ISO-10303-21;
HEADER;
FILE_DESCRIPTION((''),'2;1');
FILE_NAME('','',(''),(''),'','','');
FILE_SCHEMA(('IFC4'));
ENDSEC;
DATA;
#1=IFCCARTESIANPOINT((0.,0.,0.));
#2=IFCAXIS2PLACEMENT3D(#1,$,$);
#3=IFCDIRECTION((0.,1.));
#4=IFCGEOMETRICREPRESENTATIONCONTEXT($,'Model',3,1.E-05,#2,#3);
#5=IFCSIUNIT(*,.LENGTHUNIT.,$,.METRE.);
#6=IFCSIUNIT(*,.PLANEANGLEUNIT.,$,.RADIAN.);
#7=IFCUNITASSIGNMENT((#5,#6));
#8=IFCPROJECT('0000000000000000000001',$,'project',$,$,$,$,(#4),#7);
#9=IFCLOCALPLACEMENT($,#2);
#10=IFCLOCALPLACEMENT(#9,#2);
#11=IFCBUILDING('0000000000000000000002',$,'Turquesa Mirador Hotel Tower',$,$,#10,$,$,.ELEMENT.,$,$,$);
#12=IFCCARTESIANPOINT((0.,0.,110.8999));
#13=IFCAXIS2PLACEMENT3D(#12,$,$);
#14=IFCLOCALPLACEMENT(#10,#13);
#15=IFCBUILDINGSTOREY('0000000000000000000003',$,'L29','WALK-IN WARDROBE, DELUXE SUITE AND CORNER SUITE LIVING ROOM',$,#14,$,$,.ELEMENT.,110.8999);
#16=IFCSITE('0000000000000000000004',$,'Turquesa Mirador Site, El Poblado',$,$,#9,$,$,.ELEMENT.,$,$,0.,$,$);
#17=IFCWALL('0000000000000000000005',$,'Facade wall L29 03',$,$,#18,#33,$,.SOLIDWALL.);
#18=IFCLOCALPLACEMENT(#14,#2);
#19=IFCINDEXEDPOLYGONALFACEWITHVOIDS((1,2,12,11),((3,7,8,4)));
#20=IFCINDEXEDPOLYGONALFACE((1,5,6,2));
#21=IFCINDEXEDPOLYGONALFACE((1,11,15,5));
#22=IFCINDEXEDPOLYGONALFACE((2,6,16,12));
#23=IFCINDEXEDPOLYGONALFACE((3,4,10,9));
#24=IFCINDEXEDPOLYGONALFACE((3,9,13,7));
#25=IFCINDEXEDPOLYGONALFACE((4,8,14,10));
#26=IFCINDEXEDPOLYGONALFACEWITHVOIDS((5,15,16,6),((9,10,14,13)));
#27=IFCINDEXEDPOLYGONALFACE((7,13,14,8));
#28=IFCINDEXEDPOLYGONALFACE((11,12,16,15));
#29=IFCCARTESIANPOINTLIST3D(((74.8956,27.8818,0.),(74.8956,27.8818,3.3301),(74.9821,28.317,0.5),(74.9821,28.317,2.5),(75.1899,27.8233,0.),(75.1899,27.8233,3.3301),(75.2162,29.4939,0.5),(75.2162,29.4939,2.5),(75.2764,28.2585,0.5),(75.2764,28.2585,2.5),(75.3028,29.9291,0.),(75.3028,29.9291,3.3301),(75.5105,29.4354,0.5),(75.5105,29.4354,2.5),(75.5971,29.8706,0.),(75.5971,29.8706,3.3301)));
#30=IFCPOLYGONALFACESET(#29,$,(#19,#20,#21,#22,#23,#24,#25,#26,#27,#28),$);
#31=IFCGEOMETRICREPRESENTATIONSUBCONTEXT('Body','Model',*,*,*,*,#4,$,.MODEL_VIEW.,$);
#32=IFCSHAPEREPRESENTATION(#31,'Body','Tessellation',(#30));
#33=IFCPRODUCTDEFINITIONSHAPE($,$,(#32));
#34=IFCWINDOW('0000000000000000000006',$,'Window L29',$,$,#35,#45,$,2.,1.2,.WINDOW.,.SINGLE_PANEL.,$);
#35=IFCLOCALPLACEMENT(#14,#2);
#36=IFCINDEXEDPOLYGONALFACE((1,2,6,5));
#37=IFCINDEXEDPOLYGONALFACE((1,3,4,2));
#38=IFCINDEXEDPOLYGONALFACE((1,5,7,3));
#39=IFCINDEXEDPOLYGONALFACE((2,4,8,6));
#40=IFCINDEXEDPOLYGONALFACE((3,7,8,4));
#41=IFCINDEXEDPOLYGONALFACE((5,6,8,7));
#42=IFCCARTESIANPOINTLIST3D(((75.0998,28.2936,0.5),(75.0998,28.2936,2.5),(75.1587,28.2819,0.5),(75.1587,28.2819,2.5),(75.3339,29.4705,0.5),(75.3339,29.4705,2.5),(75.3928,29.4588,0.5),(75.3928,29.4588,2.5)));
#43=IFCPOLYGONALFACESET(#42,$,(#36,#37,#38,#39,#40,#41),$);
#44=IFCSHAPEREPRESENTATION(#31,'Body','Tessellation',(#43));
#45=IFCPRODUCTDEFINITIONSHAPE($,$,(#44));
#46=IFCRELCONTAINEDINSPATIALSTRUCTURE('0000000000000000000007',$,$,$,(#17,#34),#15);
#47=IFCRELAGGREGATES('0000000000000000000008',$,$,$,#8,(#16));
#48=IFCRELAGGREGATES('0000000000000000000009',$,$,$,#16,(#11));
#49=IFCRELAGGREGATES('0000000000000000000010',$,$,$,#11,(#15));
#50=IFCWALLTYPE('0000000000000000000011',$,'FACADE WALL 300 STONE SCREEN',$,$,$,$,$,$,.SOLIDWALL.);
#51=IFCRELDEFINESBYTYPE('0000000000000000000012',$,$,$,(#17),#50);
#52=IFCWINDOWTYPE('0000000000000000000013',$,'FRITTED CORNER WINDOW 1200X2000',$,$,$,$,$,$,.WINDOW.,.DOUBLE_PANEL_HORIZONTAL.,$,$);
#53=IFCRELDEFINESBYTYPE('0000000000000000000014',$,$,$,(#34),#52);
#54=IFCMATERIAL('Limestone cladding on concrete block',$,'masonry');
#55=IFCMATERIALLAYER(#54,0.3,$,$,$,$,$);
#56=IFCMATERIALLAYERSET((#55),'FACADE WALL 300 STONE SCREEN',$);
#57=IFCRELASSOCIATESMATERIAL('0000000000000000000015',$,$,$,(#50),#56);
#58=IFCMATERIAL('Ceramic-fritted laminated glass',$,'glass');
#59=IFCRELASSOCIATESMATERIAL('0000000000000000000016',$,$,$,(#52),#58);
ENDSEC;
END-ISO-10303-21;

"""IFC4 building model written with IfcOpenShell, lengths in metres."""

from ifc_helpers import new_model, si_unit, direction, frame, frame_2d, origin, place, context, subcontext, project, spatial, rectangle, extrude, material, layer, layer_set, type_object, element, fill, save


model = new_model("IFC4")

# Units and contexts
model_context = context("Model", 3, precision=1e-05, world=origin(), true_north=direction((0.0, 1.0)))
body_context = subcontext(model_context, "Body", "Model", "MODEL_VIEW")
ifc_project = project(units=[si_unit("LENGTHUNIT", "METRE"), si_unit("PLANEANGLEUNIT", "RADIAN")], contexts=[model_context])

# Site, building, storey
site_placement = place(None, origin())
site = spatial("IfcSite", under=ifc_project, at=site_placement, Name="Turquesa Mirador Site, El Poblado", CompositionType="ELEMENT", RefElevation=0.0)
building_placement = place(site_placement, origin())
building = spatial("IfcBuilding", under=site, at=building_placement, Name="Turquesa Mirador Hotel Tower", CompositionType="ELEMENT")
storey_placement = place(building_placement, frame((0.0, 0.0, 110.8999)))
storey = spatial("IfcBuildingStorey", under=building, at=storey_placement, Name="L29", Description="WALK-IN WARDROBE, DELUXE SUITE AND CORNER SUITE LIVING ROOM", CompositionType="ELEMENT", Elevation=110.8999)

# Wall, opening, window
ifc_material_1 = material(Name="Limestone cladding on concrete block", Category="masonry")
ifc_layer_1 = layer(ifc_material_1, 0.3)
ifc_layer_set_1 = layer_set([ifc_layer_1], Name="FACADE WALL 300 STONE SCREEN")
wall_type_1 = type_object("IfcWallType", Name="FACADE WALL 300 STONE SCREEN", PredefinedType="SOLIDWALL", material=ifc_layer_set_1)
ifc_material_2 = material(Name="Ceramic-fritted laminated glass", Category="glass")
window_type_1 = type_object("IfcWindowType", Name="FRITTED CORNER WINDOW 1200X2000", PartitioningType="DOUBLE_PANEL_HORIZONTAL", PredefinedType="WINDOW", material=ifc_material_2)
wall_1_placement = place(storey_placement, frame((75.0427, 27.8525, 0.0), z_axis=(0.0, 0.0, 1.0), x_axis=(0.195081, 0.980787, 0.0)))
wall_1 = element("IfcWall", 1, at=wall_1_placement, inside=storey, type_object=wall_type_1, Name="Facade wall L29 03", PredefinedType="SOLIDWALL", context=body_context, shape_type="SweptSolid", body=[
    extrude(rectangle(XDim=2.0874, YDim=0.3, at=frame_2d((1.0437, 0.0))), origin(), (0.0, 0.0, 1.0), 3.3301),
])
opening_1_placement = place(wall_1_placement, frame((0.4436, 0.0, 0.5)))
opening_1 = element("IfcOpeningElement", 2, at=opening_1_placement, cuts=wall_1, PredefinedType="OPENING", context=body_context, shape_type="SweptSolid", body=[
    extrude(rectangle(XDim=1.2, YDim=2.0, at=frame_2d((0.6001, 1.0))), frame((0.0, 0.1599, 0.0), z_axis=(0.0, -1.0, 0.0), x_axis=(1.0, 0.0, 0.0)), (0.0, 0.0, 1.0), 0.3201),
])
window_1_placement = place(opening_1_placement, origin())
window_1 = element("IfcWindow", 3, at=window_1_placement, inside=storey, type_object=window_type_1, Name="Window L29", OverallHeight=2.0, OverallWidth=1.2, PartitioningType="SINGLE_PANEL", PredefinedType="WINDOW", context=body_context, shape_type="SweptSolid", body=[
    extrude(rectangle(XDim=1.2, YDim=2.0, at=frame_2d((0.6001, 1.0))), frame((0.0, 0.03, 0.0), z_axis=(0.0, -1.0, 0.0), x_axis=(1.0, 0.0, 0.0)), (0.0, 0.0, 1.0), 0.0601),
])
fill(opening_1, window_1)

save(model, "model.ifc")
